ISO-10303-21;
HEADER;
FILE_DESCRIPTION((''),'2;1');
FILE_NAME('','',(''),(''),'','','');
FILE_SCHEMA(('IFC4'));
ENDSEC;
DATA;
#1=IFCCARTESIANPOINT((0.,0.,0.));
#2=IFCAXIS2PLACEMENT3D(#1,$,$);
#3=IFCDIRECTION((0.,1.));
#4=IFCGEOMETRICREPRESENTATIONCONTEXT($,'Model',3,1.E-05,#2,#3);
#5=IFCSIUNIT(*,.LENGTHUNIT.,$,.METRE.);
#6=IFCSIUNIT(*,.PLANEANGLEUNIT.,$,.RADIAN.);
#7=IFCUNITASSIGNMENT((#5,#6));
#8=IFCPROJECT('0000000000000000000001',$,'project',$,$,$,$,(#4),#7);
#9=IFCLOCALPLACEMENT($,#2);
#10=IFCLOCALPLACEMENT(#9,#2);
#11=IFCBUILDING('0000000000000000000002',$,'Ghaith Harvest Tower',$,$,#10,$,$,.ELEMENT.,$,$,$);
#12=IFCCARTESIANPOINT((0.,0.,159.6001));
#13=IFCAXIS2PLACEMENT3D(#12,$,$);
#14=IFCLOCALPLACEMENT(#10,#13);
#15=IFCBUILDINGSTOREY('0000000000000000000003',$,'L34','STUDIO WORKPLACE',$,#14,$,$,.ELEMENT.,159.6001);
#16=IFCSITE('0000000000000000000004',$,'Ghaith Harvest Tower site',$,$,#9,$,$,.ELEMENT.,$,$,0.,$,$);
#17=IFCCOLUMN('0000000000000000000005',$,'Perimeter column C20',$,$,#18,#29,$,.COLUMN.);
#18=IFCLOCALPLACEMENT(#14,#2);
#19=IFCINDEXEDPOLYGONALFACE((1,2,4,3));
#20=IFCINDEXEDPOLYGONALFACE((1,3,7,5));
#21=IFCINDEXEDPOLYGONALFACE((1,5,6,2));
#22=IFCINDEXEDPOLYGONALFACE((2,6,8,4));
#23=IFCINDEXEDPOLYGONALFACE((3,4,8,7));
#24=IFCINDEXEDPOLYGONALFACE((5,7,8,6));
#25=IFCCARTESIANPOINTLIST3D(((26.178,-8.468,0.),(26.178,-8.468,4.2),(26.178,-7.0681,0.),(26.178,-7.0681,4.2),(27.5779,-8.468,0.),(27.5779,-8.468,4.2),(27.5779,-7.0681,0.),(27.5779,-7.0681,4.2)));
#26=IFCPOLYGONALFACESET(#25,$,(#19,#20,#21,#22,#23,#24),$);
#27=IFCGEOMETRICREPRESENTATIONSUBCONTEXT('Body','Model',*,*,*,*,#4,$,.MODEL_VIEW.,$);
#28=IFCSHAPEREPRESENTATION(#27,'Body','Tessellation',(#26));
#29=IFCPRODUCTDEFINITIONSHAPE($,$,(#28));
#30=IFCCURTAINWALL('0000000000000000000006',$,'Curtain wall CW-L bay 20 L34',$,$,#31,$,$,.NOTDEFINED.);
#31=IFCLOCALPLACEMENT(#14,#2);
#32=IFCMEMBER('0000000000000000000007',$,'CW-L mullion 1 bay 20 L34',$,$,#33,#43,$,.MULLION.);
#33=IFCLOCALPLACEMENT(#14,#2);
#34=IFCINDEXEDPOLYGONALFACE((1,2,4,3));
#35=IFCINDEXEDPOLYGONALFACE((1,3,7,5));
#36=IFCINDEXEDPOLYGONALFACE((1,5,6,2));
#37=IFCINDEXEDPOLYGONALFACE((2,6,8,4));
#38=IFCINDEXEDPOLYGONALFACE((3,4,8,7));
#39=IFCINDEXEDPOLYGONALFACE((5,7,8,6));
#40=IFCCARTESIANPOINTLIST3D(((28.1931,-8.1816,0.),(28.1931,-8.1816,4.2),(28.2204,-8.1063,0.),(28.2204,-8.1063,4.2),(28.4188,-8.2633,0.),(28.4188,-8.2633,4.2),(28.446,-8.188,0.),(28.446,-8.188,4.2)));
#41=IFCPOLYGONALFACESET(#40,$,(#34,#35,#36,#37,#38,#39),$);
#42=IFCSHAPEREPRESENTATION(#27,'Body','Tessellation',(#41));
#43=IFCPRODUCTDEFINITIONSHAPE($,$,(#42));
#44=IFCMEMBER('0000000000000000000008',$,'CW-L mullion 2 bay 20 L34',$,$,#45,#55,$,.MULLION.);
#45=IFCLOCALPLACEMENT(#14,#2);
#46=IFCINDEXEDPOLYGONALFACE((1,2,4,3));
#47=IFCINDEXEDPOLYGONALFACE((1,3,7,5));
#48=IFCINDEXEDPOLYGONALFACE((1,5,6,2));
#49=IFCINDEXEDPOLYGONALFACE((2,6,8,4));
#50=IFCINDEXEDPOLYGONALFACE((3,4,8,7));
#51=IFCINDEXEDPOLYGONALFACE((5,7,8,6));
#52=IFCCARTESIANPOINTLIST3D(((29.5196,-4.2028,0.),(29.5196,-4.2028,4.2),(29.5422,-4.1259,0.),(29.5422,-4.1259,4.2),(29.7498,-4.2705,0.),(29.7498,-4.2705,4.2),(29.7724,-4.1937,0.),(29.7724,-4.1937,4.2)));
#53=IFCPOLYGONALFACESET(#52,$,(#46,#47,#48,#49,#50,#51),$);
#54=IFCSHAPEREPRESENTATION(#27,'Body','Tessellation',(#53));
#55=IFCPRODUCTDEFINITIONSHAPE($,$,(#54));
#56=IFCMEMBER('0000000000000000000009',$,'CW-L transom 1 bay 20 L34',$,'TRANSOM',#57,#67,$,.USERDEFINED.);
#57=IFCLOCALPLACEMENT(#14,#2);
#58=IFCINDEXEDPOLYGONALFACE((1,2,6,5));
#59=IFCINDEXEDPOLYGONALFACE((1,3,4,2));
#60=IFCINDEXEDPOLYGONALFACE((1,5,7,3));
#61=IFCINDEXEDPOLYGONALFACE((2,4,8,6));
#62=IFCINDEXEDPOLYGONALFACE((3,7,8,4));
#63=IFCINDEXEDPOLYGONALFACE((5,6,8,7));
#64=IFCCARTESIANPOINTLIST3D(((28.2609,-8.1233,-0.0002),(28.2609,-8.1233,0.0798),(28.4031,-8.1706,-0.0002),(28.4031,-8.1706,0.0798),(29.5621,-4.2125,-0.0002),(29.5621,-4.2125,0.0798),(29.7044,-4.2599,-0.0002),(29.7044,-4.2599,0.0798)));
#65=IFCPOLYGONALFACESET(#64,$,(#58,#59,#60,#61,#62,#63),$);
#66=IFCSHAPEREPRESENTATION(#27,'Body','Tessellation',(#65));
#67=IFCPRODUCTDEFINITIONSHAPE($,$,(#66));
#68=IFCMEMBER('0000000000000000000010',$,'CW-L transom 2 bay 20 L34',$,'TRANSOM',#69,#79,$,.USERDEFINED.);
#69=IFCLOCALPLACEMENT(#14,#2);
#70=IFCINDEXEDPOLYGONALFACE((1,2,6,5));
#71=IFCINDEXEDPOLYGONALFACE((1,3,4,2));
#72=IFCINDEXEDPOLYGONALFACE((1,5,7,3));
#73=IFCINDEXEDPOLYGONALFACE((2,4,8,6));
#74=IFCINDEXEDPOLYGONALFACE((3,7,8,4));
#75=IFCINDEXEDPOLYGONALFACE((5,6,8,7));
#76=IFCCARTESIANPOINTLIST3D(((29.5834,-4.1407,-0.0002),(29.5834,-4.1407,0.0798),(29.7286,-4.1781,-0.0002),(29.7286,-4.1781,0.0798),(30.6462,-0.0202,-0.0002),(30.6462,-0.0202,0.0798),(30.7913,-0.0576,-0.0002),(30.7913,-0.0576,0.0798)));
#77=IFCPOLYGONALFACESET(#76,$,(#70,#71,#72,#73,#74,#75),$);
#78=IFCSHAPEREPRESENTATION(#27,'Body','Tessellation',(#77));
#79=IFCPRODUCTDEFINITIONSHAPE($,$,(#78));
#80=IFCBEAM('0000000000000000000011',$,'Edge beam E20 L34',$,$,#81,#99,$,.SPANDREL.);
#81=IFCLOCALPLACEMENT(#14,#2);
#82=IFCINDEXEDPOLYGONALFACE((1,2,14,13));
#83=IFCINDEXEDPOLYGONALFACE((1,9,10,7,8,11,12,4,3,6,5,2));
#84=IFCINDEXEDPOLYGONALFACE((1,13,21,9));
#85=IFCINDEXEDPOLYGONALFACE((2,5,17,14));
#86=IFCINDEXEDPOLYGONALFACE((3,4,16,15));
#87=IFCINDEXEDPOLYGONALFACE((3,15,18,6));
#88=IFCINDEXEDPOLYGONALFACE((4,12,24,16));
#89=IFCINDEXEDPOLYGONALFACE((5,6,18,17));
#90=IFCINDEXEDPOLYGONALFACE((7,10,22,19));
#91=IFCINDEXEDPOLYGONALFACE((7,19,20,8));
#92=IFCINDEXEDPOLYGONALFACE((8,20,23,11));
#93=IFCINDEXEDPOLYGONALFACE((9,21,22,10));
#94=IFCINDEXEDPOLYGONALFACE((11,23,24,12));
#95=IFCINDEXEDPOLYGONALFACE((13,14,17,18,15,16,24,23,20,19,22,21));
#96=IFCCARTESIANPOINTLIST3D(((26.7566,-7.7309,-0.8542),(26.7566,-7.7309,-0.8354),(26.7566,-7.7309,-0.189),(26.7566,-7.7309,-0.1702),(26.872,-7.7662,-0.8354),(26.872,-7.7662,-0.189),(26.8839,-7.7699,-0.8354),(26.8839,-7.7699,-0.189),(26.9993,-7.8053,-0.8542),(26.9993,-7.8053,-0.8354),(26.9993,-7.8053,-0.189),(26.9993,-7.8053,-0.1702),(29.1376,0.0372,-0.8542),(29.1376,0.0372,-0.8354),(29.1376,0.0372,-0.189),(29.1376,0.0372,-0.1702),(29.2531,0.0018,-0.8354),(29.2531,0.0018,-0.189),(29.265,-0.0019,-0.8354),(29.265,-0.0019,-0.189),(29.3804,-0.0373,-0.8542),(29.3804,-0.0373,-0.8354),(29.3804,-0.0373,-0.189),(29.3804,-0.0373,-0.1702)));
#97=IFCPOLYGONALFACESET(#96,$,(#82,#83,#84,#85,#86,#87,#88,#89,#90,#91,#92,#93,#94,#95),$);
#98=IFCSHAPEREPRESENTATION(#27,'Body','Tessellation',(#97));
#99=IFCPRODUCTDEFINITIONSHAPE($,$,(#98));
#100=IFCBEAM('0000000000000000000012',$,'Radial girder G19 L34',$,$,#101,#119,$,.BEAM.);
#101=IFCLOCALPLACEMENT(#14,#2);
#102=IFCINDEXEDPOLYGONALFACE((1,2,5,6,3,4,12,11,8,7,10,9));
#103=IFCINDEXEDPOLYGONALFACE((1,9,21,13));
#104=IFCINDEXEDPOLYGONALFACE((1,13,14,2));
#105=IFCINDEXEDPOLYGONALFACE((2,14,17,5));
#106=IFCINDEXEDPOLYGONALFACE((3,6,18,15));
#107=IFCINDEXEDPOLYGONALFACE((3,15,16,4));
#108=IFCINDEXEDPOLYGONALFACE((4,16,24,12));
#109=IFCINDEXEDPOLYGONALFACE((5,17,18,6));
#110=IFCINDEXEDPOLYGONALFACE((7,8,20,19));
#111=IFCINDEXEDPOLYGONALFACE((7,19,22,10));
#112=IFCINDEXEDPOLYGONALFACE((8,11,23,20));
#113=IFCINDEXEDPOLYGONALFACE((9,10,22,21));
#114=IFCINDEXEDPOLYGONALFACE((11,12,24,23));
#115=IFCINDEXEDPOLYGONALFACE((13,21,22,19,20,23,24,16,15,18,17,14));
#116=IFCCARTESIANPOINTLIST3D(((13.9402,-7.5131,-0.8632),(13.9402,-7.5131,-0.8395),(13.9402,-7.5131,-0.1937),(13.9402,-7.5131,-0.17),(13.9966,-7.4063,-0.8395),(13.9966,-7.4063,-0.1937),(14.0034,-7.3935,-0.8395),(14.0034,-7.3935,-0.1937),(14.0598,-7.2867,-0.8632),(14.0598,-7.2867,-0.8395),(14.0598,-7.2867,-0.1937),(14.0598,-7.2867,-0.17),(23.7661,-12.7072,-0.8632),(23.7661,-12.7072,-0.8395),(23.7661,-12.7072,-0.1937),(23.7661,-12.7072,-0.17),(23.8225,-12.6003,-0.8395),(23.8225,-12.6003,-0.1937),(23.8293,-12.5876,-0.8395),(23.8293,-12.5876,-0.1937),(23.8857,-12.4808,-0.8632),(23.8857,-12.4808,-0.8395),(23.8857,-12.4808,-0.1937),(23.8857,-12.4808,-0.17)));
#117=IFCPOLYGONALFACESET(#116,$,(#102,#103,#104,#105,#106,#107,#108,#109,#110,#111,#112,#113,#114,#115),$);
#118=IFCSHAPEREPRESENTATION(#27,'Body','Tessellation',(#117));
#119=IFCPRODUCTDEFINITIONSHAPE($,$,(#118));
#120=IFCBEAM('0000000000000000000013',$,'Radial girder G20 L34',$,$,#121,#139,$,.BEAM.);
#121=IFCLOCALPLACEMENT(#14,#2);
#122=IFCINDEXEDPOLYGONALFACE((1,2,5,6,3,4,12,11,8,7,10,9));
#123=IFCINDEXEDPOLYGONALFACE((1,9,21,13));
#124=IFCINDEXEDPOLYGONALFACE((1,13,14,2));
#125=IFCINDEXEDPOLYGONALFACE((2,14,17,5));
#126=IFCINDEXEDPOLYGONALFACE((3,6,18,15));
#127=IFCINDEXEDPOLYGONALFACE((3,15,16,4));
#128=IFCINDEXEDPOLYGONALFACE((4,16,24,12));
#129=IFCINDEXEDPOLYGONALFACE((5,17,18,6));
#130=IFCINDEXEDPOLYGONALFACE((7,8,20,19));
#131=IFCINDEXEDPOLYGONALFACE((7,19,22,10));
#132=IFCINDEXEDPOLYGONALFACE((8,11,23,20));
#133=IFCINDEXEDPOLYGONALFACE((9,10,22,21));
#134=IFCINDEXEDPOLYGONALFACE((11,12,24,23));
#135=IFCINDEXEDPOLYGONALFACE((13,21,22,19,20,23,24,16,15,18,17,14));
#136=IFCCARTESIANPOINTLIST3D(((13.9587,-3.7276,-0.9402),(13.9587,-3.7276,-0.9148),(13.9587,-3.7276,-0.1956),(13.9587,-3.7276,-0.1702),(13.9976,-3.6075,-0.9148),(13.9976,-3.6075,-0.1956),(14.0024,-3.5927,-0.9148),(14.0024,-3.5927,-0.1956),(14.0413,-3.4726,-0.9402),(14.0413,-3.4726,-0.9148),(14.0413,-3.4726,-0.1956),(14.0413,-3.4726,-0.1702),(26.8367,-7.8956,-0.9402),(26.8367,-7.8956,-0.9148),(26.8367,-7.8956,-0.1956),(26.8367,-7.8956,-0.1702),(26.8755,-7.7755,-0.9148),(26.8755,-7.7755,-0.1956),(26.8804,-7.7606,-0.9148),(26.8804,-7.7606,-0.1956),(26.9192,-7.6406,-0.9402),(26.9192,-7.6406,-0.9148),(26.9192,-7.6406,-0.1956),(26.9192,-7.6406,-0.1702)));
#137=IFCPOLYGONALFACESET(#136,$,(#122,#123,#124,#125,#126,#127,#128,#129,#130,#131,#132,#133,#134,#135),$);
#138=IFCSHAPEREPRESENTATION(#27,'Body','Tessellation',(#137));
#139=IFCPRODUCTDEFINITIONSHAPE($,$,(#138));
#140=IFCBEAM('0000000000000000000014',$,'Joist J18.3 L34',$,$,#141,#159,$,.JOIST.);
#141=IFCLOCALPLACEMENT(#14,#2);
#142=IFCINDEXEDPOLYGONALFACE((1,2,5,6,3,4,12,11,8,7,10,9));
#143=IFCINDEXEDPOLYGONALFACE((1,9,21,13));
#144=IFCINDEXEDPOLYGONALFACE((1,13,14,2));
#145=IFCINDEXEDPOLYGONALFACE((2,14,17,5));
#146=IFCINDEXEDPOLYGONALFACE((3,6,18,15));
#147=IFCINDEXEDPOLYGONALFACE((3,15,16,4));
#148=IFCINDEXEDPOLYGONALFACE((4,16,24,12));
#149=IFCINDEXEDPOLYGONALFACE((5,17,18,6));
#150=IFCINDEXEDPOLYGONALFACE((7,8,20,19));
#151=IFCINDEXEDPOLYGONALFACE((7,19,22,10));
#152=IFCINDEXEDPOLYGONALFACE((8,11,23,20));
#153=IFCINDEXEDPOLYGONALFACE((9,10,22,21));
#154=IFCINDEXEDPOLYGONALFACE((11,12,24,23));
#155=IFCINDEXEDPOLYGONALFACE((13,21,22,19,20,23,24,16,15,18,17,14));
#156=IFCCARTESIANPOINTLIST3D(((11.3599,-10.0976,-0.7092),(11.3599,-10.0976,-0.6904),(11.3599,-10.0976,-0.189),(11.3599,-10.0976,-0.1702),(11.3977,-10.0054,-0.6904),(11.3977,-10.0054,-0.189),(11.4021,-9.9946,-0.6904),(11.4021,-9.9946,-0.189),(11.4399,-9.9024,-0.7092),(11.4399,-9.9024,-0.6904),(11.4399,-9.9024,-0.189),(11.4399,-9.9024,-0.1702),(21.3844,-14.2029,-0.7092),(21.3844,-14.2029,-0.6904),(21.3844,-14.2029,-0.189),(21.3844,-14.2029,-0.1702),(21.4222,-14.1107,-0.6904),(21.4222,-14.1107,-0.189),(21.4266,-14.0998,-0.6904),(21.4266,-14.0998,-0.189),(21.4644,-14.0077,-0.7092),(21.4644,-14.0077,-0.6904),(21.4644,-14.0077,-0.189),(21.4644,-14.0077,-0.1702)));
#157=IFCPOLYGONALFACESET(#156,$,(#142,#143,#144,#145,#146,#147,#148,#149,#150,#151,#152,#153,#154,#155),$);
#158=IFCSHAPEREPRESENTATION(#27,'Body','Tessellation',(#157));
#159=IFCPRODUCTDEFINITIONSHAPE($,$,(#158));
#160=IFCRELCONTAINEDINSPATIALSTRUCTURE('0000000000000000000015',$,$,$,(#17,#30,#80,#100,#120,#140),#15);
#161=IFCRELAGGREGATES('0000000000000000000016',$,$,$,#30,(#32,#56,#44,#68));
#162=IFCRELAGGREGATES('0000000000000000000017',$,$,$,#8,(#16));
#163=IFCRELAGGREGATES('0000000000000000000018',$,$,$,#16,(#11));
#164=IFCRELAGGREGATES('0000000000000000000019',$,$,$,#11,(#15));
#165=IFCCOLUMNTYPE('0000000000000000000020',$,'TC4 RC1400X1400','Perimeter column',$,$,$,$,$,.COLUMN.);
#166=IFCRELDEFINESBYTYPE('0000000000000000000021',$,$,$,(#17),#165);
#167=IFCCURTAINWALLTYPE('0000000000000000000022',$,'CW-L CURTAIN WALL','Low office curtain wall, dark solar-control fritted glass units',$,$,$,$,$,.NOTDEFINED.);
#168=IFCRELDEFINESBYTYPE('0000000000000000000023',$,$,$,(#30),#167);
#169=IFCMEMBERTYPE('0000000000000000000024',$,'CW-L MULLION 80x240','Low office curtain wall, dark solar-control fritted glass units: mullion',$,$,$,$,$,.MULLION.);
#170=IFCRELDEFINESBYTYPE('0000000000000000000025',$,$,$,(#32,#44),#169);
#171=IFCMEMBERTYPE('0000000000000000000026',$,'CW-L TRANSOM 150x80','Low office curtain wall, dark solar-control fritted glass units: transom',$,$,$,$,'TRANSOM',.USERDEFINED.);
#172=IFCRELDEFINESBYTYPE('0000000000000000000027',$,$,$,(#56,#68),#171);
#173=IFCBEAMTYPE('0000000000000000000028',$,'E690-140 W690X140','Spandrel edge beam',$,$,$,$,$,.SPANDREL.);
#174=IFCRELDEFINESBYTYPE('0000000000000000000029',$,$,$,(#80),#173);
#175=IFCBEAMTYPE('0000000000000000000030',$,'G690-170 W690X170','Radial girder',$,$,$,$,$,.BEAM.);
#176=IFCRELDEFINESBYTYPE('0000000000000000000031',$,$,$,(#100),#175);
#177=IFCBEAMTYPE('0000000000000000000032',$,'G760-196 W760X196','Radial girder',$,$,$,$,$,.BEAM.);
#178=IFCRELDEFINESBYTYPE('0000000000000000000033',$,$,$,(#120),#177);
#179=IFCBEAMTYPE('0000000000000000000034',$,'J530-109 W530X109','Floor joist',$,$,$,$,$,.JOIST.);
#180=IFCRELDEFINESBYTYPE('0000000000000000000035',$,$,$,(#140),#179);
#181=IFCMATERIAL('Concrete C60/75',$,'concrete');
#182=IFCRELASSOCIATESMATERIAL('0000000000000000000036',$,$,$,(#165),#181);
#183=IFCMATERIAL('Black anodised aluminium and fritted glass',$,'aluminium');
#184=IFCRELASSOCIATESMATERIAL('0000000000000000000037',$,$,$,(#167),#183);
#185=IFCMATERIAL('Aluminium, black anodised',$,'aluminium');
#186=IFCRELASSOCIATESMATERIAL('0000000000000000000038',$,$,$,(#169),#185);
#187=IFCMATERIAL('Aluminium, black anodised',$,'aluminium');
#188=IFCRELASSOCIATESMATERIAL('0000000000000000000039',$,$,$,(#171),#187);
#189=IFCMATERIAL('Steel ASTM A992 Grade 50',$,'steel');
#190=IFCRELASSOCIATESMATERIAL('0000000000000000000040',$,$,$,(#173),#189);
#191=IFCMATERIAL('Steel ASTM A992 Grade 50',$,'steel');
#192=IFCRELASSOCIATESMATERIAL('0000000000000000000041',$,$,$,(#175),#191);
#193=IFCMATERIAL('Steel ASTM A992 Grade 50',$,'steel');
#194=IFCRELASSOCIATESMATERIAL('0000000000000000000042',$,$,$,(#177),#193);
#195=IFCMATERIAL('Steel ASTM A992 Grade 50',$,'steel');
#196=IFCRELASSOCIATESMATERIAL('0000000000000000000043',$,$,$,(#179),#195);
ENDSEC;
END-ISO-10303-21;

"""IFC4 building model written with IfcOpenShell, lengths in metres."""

from ifc_helpers import new_model, si_unit, direction, frame, origin, origin_2d, place, context, subcontext, project, spatial, rectangle, i_section, extrude, material, material_profile, profile_set, type_object, element, aggregate, save


model = new_model("IFC4")

# Units and contexts
model_context = context("Model", 3, precision=1e-05, world=origin(), true_north=direction((0.0, 1.0)))
body_context = subcontext(model_context, "Body", "Model", "MODEL_VIEW")
ifc_project = project(units=[si_unit("LENGTHUNIT", "METRE"), si_unit("PLANEANGLEUNIT", "RADIAN")], contexts=[model_context])

# Site, building, storey
site_placement = place(None, origin())
site = spatial("IfcSite", under=ifc_project, at=site_placement, Name="Ghaith Harvest Tower site", CompositionType="ELEMENT", RefElevation=0.0)
building_placement = place(site_placement, origin())
building = spatial("IfcBuilding", under=site, at=building_placement, Name="Ghaith Harvest Tower", CompositionType="ELEMENT")
storey_placement = place(building_placement, frame((0.0, 0.0, 159.6001)))
storey = spatial("IfcBuildingStorey", under=building, at=storey_placement, Name="L34", Description="STUDIO WORKPLACE", CompositionType="ELEMENT", Elevation=159.6001)

# Column
ifc_material_1 = material(Name="Concrete C60/75", Category="concrete")
ifc_material_profile_1 = material_profile(ifc_material_1, rectangle(XDim=1.3999, YDim=1.3999, at=origin_2d()), Name="RC1400X1400")
ifc_profile_set_1 = profile_set([ifc_material_profile_1], Name="Concrete C60/75")
column_type = type_object("IfcColumnType", Name="TC4 RC1400X1400", Description="Perimeter column", PredefinedType="COLUMN", material=ifc_profile_set_1)
column_placement = place(storey_placement, frame((26.8779, -7.7681, 0.0), z_axis=(0.0, 0.0, 1.0), x_axis=(1.0, 0.0, 0.0)))
element("IfcColumn", 1, at=column_placement, inside=storey, type_object=column_type, Name="Perimeter column C20", PredefinedType="COLUMN", context=body_context, shape_type="SweptSolid", body=[
    extrude(rectangle(XDim=1.3999, YDim=1.3999, at=origin_2d()), origin(), (0.0, 0.0, 1.0), 4.2),
])

# Curtain wall, members
ifc_material_2 = material(Name="Black anodised aluminium and fritted glass", Category="aluminium")
curtain_wall_type = type_object("IfcCurtainWallType", Name="CW-L CURTAIN WALL", Description="Low office curtain wall, dark solar-control fritted glass units", PredefinedType="NOTDEFINED", material=ifc_material_2)
curtain_wall_1_placement = place(storey_placement, origin())
curtain_wall_1 = element("IfcCurtainWall", 2, at=curtain_wall_1_placement, inside=storey, type_object=curtain_wall_type, Name="Curtain wall CW-L bay 20 L34", PredefinedType="NOTDEFINED")
ifc_material_3 = material(Name="Aluminium, black anodised", Category="aluminium")
ifc_material_profile_2 = material_profile(ifc_material_3, rectangle(XDim=0.0801, YDim=0.24, at=origin_2d()), Name="CW-L MULLION 80x240")
ifc_profile_set_2 = profile_set([ifc_material_profile_2], Name="Aluminium, black anodised")
member_type_1 = type_object("IfcMemberType", Name="CW-L MULLION 80x240", Description="Low office curtain wall, dark solar-control fritted glass units: mullion", PredefinedType="MULLION", material=ifc_profile_set_2)
member_1_placement = place(storey_placement, frame((28.3196, -8.1848, 0.0), z_axis=(0.0, 0.0, 1.0), x_axis=(0.340574, 0.940218, 0.0)))
member_1 = element("IfcMember", 3, at=member_1_placement, type_object=member_type_1, Name="CW-L mullion 1 bay 20 L34", PredefinedType="MULLION", context=body_context, shape_type="SweptSolid", body=[
    extrude(rectangle(XDim=0.0801, YDim=0.24, at=origin_2d()), origin(), (0.0, 0.0, 1.0), 4.2),
])
member_2_placement = place(storey_placement, frame((29.646, -4.1982, 0.0), z_axis=(0.0, 0.0, 1.0), x_axis=(0.282375, 0.959304, 0.0)))
member_2 = element("IfcMember", 4, at=member_2_placement, type_object=member_type_1, Name="CW-L mullion 2 bay 20 L34", PredefinedType="MULLION", context=body_context, shape_type="SweptSolid", body=[
    extrude(rectangle(XDim=0.0801, YDim=0.24, at=origin_2d()), origin(), (0.0, 0.0, 1.0), 4.2),
])
ifc_material_4 = material(Name="Aluminium, black anodised", Category="aluminium")
ifc_material_profile_3 = material_profile(ifc_material_4, rectangle(XDim=0.1499, YDim=0.0801, at=origin_2d()), Name="CW-L TRANSOM 150x80")
ifc_profile_set_3 = profile_set([ifc_material_profile_3], Name="Aluminium, black anodised")
member_type_2 = type_object("IfcMemberType", Name="CW-L TRANSOM 150x80", Description="Low office curtain wall, dark solar-control fritted glass units: transom", ElementType="TRANSOM", PredefinedType="USERDEFINED", material=ifc_profile_set_3)
member_3_placement = place(storey_placement, frame((28.332, -8.147, 0.0398), z_axis=(0.315712, 0.948855, 0.0), x_axis=(-0.948855, 0.315712, 0.0)))
member_3 = element("IfcMember", 5, at=member_3_placement, type_object=member_type_2, Name="CW-L transom 1 bay 20 L34", ObjectType="TRANSOM", PredefinedType="USERDEFINED", context=body_context, shape_type="SweptSolid", body=[
    extrude(rectangle(XDim=0.1499, YDim=0.0801, at=origin_2d()), origin(), (0.0, 0.0, 1.0), 4.1216),
])
member_4_placement = place(storey_placement, frame((29.656, -4.1594, 0.0398), z_axis=(0.249737, 0.968314, 0.0), x_axis=(-0.968314, 0.249737, 0.0)))
member_4 = element("IfcMember", 6, at=member_4_placement, type_object=member_type_2, Name="CW-L transom 2 bay 20 L34", ObjectType="TRANSOM", PredefinedType="USERDEFINED", context=body_context, shape_type="SweptSolid", body=[
    extrude(rectangle(XDim=0.1499, YDim=0.0801, at=origin_2d()), origin(), (0.0, 0.0, 1.0), 4.2554),
])

# Beams
ifc_material_5 = material(Name="Steel ASTM A992 Grade 50", Category="steel")
ifc_material_profile_4 = material_profile(ifc_material_5, i_section(OverallWidth=0.2539, OverallDepth=0.6841, WebThickness=0.0125, FlangeThickness=0.0188, at=origin_2d()), Name="W690X140")
ifc_profile_set_4 = profile_set([ifc_material_profile_4], Name="Steel ASTM A992 Grade 50")
beam_type_1 = type_object("IfcBeamType", Name="E690-140 W690X140", Description="Spandrel edge beam", PredefinedType="SPANDREL", material=ifc_profile_set_4)
beam_1_placement = place(storey_placement, frame((26.8779, -7.7681, -0.5122), z_axis=(0.293066, 0.956092, 0.0), x_axis=(-0.956092, 0.293066, 0.0)))
element("IfcBeam", 7, at=beam_1_placement, inside=storey, type_object=beam_type_1, Name="Edge beam E20 L34", PredefinedType="SPANDREL", context=body_context, shape_type="SweptSolid", body=[
    extrude(i_section(OverallWidth=0.2539, OverallDepth=0.6841, WebThickness=0.0125, FlangeThickness=0.0188, at=origin_2d()), origin(), (0.0, 0.0, 1.0), 8.1248),
])
ifc_material_6 = material(Name="Steel ASTM A992 Grade 50", Category="steel")
ifc_material_profile_5 = material_profile(ifc_material_6, i_section(OverallWidth=0.2561, OverallDepth=0.6931, WebThickness=0.0144, FlangeThickness=0.0237, at=origin_2d()), Name="W690X170")
ifc_profile_set_5 = profile_set([ifc_material_profile_5], Name="Steel ASTM A992 Grade 50")
beam_type_2 = type_object("IfcBeamType", Name="G690-170 W690X170", Description="Radial girder", PredefinedType="BEAM", material=ifc_profile_set_5)
beam_2_placement = place(storey_placement, frame((14.0, -7.3999, -0.5166), z_axis=(0.884081, -0.467335, 0.0), x_axis=(0.467335, 0.884081, 0.0)))
element("IfcBeam", 8, at=beam_2_placement, inside=storey, type_object=beam_type_2, Name="Radial girder G19 L34", PredefinedType="BEAM", context=body_context, shape_type="SweptSolid", body=[
    extrude(i_section(OverallWidth=0.2561, OverallDepth=0.6931, WebThickness=0.0144, FlangeThickness=0.0237, at=origin_2d()), origin(), (0.0, 0.0, 1.0), 11.1143),
])
ifc_material_7 = material(Name="Steel ASTM A992 Grade 50", Category="steel")
ifc_material_profile_6 = material_profile(ifc_material_7, i_section(OverallWidth=0.2681, OverallDepth=0.77, WebThickness=0.0156, FlangeThickness=0.0254, at=origin_2d()), Name="W760X196")
ifc_profile_set_6 = profile_set([ifc_material_profile_6], Name="Steel ASTM A992 Grade 50")
beam_type_3 = type_object("IfcBeamType", Name="G760-196 W760X196", Description="Radial girder", PredefinedType="BEAM", material=ifc_profile_set_6)
beam_3_placement = place(storey_placement, frame((14.0, -3.6001, -0.5552), z_axis=(0.95141, -0.307926, 0.0), x_axis=(0.307926, 0.95141, 0.0)))
element("IfcBeam", 9, at=beam_3_placement, inside=storey, type_object=beam_type_3, Name="Radial girder G20 L34", PredefinedType="BEAM", context=body_context, shape_type="SweptSolid", body=[
    extrude(i_section(OverallWidth=0.2681, OverallDepth=0.77, WebThickness=0.0156, FlangeThickness=0.0254, at=origin_2d()), origin(), (0.0, 0.0, 1.0), 13.5356),
])
ifc_material_8 = material(Name="Steel ASTM A992 Grade 50", Category="steel")
ifc_material_profile_7 = material_profile(ifc_material_8, i_section(OverallWidth=0.2109, OverallDepth=0.5391, WebThickness=0.0117, FlangeThickness=0.0188, at=origin_2d()), Name="W530X109")
ifc_profile_set_7 = profile_set([ifc_material_profile_7], Name="Steel ASTM A992 Grade 50")
beam_type_4 = type_object("IfcBeamType", Name="J530-109 W530X109", Description="Floor joist", PredefinedType="JOIST", material=ifc_profile_set_7)
beam_4_placement = place(storey_placement, frame((11.3999, -10.0, -0.4397), z_axis=(0.925407, -0.378975, 0.0), x_axis=(0.378975, 0.925407, 0.0)))
element("IfcBeam", 10, at=beam_4_placement, inside=storey, type_object=beam_type_4, Name="Joist J18.3 L34", PredefinedType="JOIST", context=body_context, shape_type="SweptSolid", body=[
    extrude(i_section(OverallWidth=0.2109, OverallDepth=0.5391, WebThickness=0.0117, FlangeThickness=0.0188, at=origin_2d()), origin(), (0.0, 0.0, 1.0), 10.8325),
])

aggregate(curtain_wall_1, [member_1, member_3, member_2, member_4])

save(model, "model.ifc")
